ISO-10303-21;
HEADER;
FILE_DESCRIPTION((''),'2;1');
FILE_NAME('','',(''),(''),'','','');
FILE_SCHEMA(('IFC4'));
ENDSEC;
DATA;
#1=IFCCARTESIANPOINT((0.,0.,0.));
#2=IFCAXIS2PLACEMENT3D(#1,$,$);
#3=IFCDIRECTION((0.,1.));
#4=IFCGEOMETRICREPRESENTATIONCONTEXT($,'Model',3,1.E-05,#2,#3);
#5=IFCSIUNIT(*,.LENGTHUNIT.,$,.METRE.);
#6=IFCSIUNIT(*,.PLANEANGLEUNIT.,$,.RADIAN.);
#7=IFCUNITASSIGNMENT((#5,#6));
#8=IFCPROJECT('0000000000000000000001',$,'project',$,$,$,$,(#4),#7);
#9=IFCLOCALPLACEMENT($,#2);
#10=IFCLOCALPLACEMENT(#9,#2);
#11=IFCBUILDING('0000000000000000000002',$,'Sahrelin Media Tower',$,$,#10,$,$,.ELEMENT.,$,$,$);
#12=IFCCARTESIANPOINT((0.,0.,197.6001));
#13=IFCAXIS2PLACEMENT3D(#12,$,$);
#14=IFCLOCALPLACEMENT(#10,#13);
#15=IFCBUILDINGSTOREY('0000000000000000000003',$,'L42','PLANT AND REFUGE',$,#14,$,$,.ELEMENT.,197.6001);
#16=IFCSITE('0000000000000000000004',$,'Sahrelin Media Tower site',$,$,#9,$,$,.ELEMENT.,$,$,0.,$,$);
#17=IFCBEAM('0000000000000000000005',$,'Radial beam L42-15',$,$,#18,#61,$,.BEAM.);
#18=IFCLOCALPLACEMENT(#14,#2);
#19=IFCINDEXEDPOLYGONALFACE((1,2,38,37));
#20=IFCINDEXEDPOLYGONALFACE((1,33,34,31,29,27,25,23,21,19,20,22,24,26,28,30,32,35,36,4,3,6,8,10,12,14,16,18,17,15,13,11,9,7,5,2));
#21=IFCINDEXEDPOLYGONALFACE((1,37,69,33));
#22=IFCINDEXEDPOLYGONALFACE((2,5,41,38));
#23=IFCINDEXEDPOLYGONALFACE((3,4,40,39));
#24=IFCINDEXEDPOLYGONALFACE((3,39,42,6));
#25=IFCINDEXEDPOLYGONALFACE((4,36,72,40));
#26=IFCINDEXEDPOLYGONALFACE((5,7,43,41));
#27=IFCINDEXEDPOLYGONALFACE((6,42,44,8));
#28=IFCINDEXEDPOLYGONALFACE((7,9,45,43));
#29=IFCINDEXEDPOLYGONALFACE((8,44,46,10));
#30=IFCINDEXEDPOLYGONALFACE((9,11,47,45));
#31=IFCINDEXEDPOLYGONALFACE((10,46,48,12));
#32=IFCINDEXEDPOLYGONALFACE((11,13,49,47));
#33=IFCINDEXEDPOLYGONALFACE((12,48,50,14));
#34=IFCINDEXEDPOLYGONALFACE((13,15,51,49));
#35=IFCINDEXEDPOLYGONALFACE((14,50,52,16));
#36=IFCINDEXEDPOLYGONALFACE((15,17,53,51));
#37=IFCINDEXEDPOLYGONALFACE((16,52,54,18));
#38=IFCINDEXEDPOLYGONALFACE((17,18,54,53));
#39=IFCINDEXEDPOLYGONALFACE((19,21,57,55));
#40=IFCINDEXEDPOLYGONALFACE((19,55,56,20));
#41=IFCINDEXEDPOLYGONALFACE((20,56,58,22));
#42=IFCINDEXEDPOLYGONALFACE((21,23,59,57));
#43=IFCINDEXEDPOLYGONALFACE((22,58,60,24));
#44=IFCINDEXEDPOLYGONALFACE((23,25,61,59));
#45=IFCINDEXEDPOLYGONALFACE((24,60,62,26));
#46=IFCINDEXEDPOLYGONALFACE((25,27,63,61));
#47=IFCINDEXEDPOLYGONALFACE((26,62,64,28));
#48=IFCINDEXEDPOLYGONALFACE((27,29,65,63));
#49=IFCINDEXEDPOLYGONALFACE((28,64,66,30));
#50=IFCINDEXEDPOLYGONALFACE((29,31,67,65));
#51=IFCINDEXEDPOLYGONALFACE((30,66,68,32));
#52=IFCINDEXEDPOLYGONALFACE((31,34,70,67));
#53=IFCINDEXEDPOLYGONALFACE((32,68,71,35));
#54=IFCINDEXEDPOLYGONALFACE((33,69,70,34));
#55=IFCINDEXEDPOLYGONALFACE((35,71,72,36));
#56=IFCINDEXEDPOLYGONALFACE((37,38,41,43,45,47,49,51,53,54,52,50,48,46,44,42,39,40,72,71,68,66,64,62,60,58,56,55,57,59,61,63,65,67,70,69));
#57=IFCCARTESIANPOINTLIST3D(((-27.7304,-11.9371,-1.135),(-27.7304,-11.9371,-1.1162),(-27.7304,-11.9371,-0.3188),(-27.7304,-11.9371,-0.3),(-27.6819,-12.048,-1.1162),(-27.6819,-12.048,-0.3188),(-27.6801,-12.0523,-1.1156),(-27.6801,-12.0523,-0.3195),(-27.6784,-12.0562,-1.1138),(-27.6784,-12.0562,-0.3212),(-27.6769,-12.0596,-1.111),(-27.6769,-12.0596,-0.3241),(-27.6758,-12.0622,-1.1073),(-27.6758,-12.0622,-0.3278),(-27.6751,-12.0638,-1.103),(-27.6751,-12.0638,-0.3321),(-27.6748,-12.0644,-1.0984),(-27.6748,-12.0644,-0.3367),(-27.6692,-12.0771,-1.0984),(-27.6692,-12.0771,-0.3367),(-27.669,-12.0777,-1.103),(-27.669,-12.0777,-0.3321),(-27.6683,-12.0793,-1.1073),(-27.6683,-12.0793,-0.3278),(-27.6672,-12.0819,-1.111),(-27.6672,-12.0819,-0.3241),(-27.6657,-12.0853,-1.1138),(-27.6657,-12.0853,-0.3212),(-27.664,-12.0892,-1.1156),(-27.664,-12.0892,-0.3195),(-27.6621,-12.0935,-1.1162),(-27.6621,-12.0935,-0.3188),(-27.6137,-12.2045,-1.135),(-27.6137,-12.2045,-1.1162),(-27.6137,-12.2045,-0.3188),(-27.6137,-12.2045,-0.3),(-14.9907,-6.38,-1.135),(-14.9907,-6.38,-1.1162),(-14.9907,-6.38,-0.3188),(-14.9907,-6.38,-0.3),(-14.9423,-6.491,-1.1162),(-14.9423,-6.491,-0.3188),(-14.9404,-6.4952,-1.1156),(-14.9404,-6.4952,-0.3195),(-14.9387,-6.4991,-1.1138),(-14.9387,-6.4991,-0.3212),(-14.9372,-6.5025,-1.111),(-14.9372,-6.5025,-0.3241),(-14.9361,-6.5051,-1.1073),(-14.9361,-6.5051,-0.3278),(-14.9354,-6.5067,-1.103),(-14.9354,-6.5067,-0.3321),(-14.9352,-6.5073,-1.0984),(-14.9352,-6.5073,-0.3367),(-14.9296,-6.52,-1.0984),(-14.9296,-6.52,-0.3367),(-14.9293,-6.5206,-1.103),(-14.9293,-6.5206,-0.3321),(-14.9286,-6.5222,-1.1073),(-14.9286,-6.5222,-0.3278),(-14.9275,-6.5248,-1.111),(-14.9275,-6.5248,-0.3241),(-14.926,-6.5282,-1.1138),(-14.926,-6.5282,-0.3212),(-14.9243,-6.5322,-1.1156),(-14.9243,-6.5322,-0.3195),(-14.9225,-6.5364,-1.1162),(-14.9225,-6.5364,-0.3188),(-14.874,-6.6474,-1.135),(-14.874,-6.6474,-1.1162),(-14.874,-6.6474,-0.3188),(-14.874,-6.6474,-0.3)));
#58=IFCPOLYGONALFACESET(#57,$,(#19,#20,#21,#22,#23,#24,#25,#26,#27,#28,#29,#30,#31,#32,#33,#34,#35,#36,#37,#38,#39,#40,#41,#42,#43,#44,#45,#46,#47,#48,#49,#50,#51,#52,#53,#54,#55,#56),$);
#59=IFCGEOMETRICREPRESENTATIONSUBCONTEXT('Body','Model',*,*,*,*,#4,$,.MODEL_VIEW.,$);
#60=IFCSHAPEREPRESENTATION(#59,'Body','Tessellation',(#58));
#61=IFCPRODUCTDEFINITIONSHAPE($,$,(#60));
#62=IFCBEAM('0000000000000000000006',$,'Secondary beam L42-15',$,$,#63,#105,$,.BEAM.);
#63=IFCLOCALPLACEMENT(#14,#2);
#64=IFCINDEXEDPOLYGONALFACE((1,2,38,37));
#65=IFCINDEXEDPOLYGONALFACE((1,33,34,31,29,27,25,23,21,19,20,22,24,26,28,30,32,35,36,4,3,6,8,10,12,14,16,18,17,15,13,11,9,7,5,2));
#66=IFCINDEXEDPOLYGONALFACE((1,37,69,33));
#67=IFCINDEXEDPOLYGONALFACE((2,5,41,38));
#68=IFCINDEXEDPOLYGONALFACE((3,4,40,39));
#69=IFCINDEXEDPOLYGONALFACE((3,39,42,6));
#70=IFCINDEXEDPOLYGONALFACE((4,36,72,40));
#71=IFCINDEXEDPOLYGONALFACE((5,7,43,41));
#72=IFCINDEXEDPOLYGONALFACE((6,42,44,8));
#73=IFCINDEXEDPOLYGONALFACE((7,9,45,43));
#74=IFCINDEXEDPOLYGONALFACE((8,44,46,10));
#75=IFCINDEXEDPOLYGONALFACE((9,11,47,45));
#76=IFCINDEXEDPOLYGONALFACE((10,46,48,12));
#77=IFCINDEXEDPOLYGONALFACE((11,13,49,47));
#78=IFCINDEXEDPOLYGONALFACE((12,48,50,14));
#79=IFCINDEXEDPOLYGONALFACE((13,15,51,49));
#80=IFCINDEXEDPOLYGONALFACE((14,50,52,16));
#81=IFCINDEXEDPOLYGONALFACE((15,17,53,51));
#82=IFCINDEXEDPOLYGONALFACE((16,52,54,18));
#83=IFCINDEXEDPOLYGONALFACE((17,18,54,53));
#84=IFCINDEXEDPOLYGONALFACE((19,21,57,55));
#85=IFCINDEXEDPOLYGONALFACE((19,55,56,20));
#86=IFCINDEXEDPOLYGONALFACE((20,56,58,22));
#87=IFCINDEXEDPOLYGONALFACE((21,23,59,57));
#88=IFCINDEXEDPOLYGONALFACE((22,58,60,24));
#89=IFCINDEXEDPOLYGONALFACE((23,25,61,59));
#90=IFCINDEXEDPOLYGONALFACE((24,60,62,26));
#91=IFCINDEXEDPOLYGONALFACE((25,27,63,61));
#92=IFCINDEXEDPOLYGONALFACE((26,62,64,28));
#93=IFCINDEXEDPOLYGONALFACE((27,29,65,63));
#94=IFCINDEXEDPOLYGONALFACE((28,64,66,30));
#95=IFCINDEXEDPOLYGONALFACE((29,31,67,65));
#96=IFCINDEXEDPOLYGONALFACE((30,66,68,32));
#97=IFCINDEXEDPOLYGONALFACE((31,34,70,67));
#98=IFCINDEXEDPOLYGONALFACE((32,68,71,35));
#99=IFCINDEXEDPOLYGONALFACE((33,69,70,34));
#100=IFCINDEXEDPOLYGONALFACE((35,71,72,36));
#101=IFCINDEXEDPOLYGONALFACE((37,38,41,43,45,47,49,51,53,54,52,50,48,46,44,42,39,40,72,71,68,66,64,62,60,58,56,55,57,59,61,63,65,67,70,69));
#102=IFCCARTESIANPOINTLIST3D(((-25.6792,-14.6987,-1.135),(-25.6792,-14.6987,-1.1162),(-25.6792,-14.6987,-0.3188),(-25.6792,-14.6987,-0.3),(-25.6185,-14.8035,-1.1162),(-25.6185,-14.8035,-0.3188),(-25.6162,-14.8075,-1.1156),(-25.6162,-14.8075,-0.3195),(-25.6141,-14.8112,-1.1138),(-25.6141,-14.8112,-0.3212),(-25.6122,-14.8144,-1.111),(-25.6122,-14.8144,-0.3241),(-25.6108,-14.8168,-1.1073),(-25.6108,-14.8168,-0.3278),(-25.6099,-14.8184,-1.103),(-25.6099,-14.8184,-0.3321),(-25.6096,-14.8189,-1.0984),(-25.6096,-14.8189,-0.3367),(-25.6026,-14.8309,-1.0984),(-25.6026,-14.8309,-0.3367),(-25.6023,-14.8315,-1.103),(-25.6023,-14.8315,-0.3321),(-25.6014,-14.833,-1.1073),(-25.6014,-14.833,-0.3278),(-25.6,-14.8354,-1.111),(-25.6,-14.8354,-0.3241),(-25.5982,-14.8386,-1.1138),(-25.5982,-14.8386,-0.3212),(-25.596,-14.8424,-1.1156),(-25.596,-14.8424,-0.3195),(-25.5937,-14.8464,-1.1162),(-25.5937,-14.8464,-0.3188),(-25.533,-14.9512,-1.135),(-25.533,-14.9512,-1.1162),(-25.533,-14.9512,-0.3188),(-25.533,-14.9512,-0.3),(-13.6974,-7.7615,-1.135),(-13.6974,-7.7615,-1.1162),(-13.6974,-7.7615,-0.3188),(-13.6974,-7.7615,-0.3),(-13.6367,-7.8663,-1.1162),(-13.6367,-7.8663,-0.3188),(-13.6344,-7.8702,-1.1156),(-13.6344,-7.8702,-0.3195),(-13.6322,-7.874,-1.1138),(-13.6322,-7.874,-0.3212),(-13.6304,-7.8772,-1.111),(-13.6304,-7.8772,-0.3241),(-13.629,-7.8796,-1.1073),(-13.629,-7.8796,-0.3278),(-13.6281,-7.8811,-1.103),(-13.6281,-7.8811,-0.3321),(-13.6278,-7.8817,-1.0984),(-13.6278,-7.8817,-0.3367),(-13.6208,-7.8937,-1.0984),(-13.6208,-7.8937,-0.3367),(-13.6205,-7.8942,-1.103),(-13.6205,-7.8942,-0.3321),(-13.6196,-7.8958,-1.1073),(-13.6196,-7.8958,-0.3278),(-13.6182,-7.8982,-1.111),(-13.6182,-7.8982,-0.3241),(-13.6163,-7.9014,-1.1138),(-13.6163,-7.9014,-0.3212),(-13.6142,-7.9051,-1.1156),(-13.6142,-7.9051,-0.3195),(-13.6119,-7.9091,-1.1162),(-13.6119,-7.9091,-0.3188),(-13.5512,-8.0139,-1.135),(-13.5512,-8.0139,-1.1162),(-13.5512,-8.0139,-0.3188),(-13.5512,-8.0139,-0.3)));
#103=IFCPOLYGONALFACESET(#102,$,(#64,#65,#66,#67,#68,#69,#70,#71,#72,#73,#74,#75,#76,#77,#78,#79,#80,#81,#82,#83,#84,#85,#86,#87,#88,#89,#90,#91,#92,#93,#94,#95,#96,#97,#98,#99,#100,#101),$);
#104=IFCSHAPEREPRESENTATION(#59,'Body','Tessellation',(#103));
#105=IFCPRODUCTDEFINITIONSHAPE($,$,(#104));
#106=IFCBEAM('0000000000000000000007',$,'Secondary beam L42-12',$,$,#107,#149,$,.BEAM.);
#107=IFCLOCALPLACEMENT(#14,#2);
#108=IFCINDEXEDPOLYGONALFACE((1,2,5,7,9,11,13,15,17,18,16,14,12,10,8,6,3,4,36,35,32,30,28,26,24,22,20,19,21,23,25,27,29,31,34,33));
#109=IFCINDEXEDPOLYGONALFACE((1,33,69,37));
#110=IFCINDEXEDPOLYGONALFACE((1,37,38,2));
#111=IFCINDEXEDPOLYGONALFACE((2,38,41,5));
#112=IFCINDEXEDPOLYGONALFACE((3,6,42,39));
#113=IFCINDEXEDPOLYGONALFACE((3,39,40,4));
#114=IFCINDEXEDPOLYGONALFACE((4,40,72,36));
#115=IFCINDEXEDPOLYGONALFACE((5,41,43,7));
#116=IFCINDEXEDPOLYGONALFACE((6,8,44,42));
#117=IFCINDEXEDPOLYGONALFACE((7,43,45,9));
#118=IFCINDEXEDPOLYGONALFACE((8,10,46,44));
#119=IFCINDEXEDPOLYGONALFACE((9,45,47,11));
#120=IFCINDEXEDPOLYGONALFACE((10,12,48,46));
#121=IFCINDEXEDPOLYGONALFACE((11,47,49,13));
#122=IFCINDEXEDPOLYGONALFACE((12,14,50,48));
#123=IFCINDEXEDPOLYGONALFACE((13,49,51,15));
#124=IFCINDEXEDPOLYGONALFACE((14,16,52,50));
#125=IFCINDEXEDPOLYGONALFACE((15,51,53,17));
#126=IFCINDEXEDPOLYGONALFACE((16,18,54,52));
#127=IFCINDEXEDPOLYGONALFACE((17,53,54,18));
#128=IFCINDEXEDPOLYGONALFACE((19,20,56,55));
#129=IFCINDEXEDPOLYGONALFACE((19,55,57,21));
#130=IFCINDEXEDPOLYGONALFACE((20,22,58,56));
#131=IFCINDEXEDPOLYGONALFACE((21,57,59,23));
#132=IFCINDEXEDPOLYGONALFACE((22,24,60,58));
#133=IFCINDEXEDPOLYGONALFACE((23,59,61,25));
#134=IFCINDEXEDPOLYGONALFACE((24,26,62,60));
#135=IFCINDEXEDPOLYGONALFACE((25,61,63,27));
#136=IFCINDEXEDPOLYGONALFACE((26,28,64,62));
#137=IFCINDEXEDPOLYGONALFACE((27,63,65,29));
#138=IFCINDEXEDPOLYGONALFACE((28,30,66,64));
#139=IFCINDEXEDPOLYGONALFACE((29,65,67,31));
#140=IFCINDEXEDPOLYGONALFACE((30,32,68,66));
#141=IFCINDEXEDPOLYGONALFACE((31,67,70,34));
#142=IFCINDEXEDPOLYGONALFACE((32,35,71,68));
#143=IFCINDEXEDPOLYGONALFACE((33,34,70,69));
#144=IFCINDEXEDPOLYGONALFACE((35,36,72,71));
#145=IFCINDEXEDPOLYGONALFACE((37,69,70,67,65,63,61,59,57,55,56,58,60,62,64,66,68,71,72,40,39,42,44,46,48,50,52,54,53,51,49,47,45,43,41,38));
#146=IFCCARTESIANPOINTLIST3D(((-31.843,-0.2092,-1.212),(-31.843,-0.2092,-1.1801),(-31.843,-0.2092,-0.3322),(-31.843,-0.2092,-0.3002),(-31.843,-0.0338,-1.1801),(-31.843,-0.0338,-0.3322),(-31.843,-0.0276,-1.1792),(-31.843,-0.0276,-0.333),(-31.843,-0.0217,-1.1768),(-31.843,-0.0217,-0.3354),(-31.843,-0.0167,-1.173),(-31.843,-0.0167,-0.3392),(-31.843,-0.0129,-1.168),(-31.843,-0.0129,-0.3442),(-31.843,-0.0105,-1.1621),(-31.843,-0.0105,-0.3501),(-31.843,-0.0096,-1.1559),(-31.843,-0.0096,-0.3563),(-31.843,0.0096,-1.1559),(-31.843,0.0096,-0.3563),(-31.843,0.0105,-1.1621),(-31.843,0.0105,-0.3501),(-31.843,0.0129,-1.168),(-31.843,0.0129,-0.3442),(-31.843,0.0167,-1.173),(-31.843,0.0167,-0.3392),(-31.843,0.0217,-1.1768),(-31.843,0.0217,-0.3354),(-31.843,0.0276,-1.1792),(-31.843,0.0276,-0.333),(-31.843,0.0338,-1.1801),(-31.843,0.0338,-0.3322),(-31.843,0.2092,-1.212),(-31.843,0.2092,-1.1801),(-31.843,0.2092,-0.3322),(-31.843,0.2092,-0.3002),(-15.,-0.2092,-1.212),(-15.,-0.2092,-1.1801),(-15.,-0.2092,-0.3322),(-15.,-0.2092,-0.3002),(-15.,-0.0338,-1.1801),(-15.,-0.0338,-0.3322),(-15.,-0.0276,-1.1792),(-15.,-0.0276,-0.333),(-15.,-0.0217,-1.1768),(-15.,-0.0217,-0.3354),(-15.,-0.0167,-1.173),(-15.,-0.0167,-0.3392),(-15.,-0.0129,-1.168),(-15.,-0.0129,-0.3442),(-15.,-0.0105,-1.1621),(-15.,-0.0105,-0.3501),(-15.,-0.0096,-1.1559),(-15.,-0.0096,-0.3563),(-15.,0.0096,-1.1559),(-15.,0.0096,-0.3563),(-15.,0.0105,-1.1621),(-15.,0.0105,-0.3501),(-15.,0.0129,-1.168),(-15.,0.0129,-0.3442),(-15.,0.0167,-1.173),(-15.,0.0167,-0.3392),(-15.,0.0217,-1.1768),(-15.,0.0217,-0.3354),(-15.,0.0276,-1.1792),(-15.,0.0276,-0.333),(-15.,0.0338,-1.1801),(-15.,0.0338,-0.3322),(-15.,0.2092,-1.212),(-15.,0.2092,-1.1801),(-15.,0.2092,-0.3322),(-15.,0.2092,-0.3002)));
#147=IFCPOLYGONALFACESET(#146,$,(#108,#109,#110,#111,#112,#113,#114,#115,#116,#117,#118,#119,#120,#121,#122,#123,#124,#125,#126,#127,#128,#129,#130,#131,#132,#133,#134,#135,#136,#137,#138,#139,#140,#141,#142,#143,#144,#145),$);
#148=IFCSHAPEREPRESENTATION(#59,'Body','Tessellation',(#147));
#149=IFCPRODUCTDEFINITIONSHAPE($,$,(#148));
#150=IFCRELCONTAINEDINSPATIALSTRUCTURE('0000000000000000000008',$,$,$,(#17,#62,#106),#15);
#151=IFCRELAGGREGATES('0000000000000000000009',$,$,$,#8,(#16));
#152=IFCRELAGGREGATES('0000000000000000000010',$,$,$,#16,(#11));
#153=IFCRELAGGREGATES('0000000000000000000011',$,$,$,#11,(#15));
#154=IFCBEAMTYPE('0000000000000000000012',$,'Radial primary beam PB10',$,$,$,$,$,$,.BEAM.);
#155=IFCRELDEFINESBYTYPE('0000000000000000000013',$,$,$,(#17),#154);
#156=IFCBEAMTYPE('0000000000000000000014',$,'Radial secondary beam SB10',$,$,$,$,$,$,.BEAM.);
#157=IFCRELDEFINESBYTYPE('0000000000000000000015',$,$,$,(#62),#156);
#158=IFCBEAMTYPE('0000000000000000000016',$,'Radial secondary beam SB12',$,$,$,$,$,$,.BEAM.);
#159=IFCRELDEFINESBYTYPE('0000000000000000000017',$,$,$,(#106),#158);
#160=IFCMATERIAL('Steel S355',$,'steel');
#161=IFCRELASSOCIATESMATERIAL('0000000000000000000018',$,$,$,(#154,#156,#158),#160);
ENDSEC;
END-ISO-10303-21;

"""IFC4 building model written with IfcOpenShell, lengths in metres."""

from ifc_helpers import new_model, si_unit, direction, frame, origin, origin_2d, place, context, subcontext, project, spatial, i_section, extrude, material, material_profile, profile_set, type_object, element, save


model = new_model("IFC4")

# Units and contexts
model_context = context("Model", 3, precision=1e-05, world=origin(), true_north=direction((0.0, 1.0)))
body_context = subcontext(model_context, "Body", "Model", "MODEL_VIEW")
ifc_project = project(units=[si_unit("LENGTHUNIT", "METRE"), si_unit("PLANEANGLEUNIT", "RADIAN")], contexts=[model_context])

# Site, building, storey
site_placement = place(None, origin())
site = spatial("IfcSite", under=ifc_project, at=site_placement, Name="Sahrelin Media Tower site", CompositionType="ELEMENT", RefElevation=0.0)
building_placement = place(site_placement, origin())
building = spatial("IfcBuilding", under=site, at=building_placement, Name="Sahrelin Media Tower", CompositionType="ELEMENT")
storey_placement = place(building_placement, frame((0.0, 0.0, 197.6001)))
storey = spatial("IfcBuildingStorey", under=building, at=storey_placement, Name="L42", Description="PLANT AND REFUGE", CompositionType="ELEMENT", Elevation=197.6001)

# Beams
ifc_material_1 = material(Name="Steel S355", Category="steel")
ifc_material_profile_1 = material_profile(ifc_material_1, i_section(OverallWidth=0.2917, OverallDepth=0.835, WebThickness=0.0139, FlangeThickness=0.0188, FilletRadius=0.0178, at=origin_2d()), Name="UB 838x292x176")
ifc_profile_set_1 = profile_set([ifc_material_profile_1], Name="Steel S355")
beam_type_1 = type_object("IfcBeamType", Name="Radial primary beam PB10", PredefinedType="BEAM", material=ifc_profile_set_1)
beam_1_placement = place(storey_placement, frame((-14.9324, -6.5137, -0.7175), z_axis=(-0.916593, -0.399822, 0.0), x_axis=(0.399822, -0.916593, 0.0)))
element("IfcBeam", 1, at=beam_1_placement, inside=storey, type_object=beam_type_1, Name="Radial beam L42-15", PredefinedType="BEAM", context=body_context, shape_type="SweptSolid", body=[
    extrude(i_section(OverallWidth=0.2917, OverallDepth=0.835, WebThickness=0.0139, FlangeThickness=0.0188, FilletRadius=0.0178, at=origin_2d()), origin(), (0.0, 0.0, 1.0), 13.8989),
])
ifc_material_profile_2 = material_profile(ifc_material_1, i_section(OverallWidth=0.2917, OverallDepth=0.835, WebThickness=0.0139, FlangeThickness=0.0188, FilletRadius=0.0178, at=origin_2d()), Name="UB 838x292x176")
ifc_profile_set_2 = profile_set([ifc_material_profile_2], Name="Steel S355")
beam_type_2 = type_object("IfcBeamType", Name="Radial secondary beam SB10", PredefinedType="BEAM", material=ifc_profile_set_2)
beam_2_placement = place(storey_placement, frame((-13.6243, -7.8877, -0.7175), z_axis=(-0.865415, -0.501055, 0.0), x_axis=(0.501055, -0.865415, 0.0)))
element("IfcBeam", 2, at=beam_2_placement, inside=storey, type_object=beam_type_2, Name="Secondary beam L42-15", PredefinedType="BEAM", context=body_context, shape_type="SweptSolid", body=[
    extrude(i_section(OverallWidth=0.2917, OverallDepth=0.835, WebThickness=0.0139, FlangeThickness=0.0188, FilletRadius=0.0178, at=origin_2d()), origin(), (0.0, 0.0, 1.0), 13.8452),
])
ifc_material_profile_3 = material_profile(ifc_material_1, i_section(OverallWidth=0.4185, OverallDepth=0.9119, WebThickness=0.0193, FlangeThickness=0.032, FilletRadius=0.0242, at=origin_2d()), Name="UB 914x419x343")
ifc_profile_set_3 = profile_set([ifc_material_profile_3], Name="Steel S355")
beam_type_3 = type_object("IfcBeamType", Name="Radial secondary beam SB12", PredefinedType="BEAM", material=ifc_profile_set_3)
beam_3_placement = place(storey_placement, frame((-15.0, 0.0, -0.7561), z_axis=(-1.0, 0.0, 0.0), x_axis=(0.0, -1.0, 0.0)))
element("IfcBeam", 3, at=beam_3_placement, inside=storey, type_object=beam_type_3, Name="Secondary beam L42-12", PredefinedType="BEAM", context=body_context, shape_type="SweptSolid", body=[
    extrude(i_section(OverallWidth=0.4185, OverallDepth=0.9119, WebThickness=0.0193, FlangeThickness=0.032, FilletRadius=0.0242, at=origin_2d()), origin(), (0.0, 0.0, 1.0), 16.843),
])

save(model, "model.ifc")
